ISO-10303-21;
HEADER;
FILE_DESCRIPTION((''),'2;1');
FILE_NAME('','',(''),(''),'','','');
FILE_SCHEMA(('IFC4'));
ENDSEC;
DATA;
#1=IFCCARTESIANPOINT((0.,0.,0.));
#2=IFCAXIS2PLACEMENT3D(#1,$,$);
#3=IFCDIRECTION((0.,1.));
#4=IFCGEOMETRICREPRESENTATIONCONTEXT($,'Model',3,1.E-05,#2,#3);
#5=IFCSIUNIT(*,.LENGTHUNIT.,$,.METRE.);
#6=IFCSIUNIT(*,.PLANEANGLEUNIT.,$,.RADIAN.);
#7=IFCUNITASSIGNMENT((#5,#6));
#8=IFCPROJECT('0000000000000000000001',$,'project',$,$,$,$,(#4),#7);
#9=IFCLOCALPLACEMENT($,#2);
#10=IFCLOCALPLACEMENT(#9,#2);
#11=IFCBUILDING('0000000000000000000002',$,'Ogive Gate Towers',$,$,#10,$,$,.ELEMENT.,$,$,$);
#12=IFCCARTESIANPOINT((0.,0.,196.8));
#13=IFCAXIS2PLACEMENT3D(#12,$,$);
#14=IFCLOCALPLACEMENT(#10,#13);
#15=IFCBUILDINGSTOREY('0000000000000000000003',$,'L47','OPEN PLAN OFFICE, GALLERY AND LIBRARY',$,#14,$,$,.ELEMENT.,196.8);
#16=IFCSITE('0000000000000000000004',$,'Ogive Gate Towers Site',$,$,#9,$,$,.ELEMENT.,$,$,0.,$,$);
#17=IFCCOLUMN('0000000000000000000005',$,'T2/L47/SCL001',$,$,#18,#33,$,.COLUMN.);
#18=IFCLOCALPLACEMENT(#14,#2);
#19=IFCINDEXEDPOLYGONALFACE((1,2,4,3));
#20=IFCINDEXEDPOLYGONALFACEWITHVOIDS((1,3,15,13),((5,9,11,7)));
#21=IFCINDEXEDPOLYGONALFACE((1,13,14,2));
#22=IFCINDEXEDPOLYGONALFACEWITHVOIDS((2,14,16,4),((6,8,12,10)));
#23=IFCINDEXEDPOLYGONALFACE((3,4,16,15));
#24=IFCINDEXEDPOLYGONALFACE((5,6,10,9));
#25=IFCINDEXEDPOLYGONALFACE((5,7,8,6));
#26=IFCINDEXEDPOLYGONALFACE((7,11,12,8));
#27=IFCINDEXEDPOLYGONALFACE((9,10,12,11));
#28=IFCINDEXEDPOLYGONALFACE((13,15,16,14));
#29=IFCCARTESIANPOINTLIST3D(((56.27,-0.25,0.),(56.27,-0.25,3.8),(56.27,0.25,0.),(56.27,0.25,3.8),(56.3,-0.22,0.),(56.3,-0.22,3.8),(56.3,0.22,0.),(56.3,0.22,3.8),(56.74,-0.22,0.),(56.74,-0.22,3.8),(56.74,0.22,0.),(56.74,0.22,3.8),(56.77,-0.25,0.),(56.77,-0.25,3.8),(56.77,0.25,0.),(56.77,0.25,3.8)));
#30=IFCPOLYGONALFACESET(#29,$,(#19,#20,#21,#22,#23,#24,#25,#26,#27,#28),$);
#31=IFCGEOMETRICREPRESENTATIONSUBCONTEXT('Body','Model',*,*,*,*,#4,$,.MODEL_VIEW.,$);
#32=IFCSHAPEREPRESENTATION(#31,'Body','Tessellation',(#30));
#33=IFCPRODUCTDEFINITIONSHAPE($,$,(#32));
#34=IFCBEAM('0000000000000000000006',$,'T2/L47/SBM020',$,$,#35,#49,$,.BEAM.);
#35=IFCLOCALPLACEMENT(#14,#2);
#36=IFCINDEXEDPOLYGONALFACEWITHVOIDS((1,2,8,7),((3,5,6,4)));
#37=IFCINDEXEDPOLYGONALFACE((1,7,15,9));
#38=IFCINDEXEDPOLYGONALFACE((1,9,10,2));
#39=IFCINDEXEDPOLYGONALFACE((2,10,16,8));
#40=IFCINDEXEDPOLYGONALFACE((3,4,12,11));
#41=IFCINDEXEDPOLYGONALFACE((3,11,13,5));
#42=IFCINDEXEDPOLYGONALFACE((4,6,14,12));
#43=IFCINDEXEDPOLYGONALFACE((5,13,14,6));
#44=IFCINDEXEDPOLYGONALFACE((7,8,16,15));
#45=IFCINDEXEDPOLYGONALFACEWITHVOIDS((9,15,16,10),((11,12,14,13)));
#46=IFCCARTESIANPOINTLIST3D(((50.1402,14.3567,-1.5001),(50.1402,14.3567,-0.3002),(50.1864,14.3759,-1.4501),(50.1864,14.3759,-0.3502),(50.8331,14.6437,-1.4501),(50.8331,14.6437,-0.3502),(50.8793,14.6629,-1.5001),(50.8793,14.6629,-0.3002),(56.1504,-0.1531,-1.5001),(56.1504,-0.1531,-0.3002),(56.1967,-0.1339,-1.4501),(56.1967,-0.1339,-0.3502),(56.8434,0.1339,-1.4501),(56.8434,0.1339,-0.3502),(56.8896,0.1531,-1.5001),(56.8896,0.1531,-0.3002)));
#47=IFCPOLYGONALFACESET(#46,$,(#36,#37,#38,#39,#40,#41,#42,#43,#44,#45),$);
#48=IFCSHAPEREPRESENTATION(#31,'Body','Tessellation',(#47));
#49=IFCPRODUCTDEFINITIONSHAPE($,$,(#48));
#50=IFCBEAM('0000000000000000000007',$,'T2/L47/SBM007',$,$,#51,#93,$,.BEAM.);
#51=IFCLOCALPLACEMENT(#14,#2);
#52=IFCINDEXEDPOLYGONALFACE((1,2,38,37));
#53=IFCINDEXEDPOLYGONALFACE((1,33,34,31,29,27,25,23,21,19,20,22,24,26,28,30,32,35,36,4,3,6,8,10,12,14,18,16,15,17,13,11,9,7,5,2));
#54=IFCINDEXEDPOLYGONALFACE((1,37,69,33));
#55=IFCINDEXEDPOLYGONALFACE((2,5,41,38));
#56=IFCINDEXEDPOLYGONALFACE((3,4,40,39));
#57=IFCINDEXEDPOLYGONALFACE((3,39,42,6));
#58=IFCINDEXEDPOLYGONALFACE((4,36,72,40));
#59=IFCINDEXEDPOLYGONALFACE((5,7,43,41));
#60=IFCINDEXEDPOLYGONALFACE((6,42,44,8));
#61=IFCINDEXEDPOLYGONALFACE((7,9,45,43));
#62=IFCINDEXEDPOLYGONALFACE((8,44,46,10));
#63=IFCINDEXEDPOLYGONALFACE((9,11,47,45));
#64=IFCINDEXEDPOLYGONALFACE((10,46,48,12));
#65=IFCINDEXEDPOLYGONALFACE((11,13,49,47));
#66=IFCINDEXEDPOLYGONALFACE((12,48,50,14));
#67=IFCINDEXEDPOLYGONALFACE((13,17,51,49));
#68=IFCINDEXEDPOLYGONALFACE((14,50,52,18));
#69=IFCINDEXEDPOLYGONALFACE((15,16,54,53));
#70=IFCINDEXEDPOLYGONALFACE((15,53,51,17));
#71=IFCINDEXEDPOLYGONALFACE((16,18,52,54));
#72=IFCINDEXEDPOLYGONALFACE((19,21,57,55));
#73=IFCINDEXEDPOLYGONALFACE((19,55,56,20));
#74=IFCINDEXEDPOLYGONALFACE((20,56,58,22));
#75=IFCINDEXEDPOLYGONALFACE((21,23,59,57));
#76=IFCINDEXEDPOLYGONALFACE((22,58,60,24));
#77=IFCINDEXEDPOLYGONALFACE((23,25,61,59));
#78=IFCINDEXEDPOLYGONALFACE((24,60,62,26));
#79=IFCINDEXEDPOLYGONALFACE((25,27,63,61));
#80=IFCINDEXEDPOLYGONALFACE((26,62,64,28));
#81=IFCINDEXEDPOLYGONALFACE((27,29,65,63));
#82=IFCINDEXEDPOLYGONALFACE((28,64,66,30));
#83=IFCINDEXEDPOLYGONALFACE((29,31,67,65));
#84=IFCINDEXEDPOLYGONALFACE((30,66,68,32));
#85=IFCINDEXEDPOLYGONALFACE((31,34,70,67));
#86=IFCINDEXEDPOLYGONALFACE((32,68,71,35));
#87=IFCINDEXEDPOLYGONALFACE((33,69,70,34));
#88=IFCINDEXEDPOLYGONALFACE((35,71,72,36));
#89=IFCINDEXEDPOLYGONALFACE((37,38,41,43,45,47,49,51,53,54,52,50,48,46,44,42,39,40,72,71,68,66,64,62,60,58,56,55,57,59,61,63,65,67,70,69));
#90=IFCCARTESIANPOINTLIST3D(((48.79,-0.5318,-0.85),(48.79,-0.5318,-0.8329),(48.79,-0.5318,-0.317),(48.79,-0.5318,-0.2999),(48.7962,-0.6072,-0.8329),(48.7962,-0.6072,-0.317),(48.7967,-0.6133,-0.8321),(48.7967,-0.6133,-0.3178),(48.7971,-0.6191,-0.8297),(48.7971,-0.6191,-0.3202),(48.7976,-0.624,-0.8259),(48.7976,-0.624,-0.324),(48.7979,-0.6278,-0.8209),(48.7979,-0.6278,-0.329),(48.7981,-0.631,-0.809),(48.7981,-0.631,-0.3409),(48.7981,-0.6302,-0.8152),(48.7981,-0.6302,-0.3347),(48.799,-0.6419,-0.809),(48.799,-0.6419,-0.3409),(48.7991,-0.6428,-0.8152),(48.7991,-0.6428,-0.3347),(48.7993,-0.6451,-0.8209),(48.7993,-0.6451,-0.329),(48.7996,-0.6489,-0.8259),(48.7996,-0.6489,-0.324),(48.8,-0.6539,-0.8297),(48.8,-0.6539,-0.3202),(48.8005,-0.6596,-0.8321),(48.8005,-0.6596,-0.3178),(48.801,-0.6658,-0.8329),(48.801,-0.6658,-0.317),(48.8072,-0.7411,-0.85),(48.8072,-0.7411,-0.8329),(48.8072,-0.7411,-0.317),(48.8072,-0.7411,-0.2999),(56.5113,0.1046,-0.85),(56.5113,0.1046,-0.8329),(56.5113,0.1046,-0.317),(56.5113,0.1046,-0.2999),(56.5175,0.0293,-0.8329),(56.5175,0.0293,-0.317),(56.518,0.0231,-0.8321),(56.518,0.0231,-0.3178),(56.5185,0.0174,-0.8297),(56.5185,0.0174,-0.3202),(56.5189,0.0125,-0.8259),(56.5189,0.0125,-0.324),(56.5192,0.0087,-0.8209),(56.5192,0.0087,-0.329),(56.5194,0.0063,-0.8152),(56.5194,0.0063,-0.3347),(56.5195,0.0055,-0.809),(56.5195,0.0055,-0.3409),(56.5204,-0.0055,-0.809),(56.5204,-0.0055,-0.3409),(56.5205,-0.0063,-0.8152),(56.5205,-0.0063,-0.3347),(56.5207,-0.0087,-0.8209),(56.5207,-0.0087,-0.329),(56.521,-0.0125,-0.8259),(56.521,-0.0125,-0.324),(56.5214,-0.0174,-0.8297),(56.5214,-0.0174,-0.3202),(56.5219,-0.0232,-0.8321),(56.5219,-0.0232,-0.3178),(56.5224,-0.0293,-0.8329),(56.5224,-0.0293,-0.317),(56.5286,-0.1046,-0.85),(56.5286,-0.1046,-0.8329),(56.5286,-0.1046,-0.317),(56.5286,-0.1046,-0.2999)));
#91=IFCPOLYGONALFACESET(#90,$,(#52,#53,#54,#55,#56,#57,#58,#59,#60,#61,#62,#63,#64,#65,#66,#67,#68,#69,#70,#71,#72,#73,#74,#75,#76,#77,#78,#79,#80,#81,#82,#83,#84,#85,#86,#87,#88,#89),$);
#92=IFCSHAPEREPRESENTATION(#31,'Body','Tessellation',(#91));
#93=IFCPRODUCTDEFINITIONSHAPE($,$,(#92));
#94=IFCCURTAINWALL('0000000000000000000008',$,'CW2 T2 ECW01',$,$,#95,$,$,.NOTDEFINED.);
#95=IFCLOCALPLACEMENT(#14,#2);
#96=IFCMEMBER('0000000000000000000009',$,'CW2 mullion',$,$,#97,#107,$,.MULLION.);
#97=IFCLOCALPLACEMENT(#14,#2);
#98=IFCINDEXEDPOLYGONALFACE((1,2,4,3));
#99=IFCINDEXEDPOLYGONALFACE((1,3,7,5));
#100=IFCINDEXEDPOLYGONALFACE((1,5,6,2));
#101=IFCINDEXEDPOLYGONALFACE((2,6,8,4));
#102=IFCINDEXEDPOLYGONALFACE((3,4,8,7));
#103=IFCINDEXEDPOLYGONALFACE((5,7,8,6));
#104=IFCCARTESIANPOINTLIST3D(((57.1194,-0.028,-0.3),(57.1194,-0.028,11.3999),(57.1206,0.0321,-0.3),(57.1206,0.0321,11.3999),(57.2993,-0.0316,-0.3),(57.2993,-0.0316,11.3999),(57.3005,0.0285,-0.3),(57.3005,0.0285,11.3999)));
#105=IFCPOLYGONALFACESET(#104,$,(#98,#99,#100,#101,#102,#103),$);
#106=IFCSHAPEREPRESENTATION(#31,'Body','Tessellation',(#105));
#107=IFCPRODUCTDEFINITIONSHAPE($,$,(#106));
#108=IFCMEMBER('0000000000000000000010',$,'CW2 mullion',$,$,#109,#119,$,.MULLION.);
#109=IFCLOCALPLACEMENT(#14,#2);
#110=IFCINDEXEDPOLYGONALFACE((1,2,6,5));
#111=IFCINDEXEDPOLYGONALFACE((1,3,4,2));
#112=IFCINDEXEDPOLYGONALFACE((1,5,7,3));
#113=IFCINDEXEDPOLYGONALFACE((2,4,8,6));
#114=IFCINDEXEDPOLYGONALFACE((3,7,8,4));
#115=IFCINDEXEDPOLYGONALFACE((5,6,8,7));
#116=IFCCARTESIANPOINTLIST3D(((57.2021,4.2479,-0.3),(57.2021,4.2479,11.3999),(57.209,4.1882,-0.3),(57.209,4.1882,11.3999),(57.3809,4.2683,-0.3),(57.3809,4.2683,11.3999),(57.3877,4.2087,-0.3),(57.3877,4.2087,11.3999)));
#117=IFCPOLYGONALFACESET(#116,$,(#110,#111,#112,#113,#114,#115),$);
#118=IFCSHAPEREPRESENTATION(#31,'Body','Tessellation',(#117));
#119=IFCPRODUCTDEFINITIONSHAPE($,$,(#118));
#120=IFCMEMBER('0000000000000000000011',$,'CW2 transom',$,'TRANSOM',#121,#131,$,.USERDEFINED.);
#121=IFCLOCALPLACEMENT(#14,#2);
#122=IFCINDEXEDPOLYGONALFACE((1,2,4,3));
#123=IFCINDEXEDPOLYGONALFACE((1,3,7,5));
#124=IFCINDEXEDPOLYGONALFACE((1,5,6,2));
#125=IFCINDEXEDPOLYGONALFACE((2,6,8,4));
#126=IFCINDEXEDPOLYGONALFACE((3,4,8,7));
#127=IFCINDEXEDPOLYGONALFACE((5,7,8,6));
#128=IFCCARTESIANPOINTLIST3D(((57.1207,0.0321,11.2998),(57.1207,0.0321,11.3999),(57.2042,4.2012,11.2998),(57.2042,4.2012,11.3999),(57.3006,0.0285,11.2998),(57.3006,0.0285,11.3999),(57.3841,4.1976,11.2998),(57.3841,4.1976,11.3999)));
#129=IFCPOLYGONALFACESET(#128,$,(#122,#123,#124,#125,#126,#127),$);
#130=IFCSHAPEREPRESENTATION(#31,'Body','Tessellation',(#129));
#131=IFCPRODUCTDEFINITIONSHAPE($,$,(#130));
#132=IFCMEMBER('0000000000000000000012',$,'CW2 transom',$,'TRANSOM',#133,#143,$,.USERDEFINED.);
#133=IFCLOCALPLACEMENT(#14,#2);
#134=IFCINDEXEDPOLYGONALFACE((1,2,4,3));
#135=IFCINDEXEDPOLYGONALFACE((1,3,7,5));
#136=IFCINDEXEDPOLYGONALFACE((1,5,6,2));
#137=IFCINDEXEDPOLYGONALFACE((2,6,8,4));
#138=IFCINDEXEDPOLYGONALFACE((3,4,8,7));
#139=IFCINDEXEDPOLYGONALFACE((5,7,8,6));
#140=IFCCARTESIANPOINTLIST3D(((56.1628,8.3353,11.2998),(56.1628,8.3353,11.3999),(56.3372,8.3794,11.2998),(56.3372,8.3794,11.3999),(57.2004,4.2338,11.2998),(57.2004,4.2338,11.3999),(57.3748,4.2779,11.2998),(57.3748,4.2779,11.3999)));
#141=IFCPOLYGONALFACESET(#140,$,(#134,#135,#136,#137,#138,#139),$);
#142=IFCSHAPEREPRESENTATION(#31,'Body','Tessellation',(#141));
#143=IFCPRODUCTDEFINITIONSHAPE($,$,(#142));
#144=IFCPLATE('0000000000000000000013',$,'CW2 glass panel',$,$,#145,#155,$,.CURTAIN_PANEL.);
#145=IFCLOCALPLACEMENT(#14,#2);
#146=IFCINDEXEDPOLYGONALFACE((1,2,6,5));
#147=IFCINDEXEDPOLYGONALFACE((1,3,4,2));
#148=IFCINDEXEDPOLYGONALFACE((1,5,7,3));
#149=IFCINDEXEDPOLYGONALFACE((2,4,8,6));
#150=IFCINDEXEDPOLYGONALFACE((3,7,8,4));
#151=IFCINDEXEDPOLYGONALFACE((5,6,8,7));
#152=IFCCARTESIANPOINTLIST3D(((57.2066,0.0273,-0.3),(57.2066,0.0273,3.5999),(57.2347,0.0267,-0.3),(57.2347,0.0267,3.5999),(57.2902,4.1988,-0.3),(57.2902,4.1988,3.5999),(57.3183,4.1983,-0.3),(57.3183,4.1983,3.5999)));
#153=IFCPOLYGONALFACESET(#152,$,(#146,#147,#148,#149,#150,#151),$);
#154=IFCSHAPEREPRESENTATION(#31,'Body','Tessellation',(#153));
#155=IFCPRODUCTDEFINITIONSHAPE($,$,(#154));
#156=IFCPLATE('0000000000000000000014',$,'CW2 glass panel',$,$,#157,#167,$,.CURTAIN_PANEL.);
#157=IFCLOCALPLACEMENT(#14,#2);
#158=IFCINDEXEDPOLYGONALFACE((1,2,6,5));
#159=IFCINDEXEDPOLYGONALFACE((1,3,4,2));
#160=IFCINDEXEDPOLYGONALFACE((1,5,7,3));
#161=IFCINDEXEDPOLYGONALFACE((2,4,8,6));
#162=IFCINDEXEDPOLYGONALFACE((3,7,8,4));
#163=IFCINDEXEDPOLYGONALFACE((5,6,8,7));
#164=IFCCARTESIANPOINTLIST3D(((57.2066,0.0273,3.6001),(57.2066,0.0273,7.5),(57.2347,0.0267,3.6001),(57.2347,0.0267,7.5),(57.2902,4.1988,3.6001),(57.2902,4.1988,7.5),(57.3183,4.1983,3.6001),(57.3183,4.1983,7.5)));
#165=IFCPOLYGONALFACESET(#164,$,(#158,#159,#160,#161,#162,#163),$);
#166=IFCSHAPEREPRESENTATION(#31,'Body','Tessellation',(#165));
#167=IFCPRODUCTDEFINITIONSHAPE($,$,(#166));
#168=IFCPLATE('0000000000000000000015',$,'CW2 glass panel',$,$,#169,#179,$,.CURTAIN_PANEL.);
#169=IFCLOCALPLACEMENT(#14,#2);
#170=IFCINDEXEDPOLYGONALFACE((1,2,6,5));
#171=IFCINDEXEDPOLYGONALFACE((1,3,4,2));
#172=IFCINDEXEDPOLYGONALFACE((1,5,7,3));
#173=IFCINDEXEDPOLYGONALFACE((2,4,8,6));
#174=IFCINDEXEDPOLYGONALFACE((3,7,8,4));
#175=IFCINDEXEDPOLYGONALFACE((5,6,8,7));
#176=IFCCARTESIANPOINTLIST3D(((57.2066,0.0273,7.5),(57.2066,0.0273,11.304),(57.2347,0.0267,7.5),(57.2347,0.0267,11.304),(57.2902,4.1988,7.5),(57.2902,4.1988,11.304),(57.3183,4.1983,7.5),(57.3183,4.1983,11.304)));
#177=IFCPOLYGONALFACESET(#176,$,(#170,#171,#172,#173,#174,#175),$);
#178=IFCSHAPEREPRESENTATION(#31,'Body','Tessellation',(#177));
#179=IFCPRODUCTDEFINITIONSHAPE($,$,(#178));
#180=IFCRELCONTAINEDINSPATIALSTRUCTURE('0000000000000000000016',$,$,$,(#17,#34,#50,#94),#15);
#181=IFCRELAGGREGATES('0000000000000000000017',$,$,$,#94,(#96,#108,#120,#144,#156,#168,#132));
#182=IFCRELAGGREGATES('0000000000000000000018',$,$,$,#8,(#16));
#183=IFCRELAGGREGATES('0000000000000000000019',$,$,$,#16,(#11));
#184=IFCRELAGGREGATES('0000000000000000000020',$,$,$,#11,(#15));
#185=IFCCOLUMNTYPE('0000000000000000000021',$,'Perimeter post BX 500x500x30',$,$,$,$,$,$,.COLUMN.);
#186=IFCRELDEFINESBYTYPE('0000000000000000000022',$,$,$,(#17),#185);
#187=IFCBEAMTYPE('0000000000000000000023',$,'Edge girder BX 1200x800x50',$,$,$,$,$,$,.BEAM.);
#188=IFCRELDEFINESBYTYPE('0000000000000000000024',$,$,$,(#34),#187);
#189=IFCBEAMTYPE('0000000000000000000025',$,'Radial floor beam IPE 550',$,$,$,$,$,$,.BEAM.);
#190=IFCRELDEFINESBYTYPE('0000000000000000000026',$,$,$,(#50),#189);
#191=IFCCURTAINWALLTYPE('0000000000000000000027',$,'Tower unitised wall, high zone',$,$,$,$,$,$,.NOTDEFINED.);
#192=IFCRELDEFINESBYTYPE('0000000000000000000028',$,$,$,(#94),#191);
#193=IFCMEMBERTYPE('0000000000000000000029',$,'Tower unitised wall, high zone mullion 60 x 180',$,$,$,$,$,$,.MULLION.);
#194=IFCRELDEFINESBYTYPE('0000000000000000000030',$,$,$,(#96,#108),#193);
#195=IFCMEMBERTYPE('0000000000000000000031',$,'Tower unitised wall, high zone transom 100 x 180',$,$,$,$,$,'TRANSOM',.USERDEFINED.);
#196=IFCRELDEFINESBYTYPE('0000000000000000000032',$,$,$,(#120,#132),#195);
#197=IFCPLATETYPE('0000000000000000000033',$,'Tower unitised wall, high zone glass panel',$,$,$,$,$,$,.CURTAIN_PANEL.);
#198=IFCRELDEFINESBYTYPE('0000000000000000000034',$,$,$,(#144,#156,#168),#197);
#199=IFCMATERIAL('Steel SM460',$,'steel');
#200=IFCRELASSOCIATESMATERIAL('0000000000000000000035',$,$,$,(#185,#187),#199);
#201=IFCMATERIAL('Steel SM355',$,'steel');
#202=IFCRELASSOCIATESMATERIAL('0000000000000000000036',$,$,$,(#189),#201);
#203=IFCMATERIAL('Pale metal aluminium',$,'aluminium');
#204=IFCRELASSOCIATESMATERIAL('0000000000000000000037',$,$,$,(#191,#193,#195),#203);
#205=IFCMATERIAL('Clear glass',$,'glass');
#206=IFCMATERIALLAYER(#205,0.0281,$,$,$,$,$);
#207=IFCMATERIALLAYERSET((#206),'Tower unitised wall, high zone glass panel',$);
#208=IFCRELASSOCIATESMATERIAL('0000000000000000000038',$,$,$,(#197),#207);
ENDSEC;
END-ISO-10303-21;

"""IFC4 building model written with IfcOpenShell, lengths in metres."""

from ifc_helpers import new_model, si_unit, direction, frame, origin, origin_2d, place, context, subcontext, project, spatial, rectangle, hollow_rectangle, i_section, extrude, material, layer, layer_set, material_profile, profile_set, type_object, element, aggregate, save


model = new_model("IFC4")

# Units and contexts
model_context = context("Model", 3, precision=1e-05, world=origin(), true_north=direction((0.0, 1.0)))
body_context = subcontext(model_context, "Body", "Model", "MODEL_VIEW")
ifc_project = project(units=[si_unit("LENGTHUNIT", "METRE"), si_unit("PLANEANGLEUNIT", "RADIAN")], contexts=[model_context])

# Site, building, storey
site_placement = place(None, origin())
site = spatial("IfcSite", under=ifc_project, at=site_placement, Name="Ogive Gate Towers Site", CompositionType="ELEMENT", RefElevation=0.0)
building_placement = place(site_placement, origin())
building = spatial("IfcBuilding", under=site, at=building_placement, Name="Ogive Gate Towers", CompositionType="ELEMENT")
storey_placement = place(building_placement, frame((0.0, 0.0, 196.8)))
storey = spatial("IfcBuildingStorey", under=building, at=storey_placement, Name="L47", Description="OPEN PLAN OFFICE, GALLERY AND LIBRARY", CompositionType="ELEMENT", Elevation=196.8)

# Column
ifc_material_1 = material(Name="Steel SM460", Category="steel")
ifc_material_profile_1 = material_profile(ifc_material_1, hollow_rectangle(XDim=0.5, YDim=0.5, WallThickness=0.03, at=origin_2d()), Name="BX 500x500x30")
ifc_profile_set_1 = profile_set([ifc_material_profile_1], Name="Steel SM460")
column_type = type_object("IfcColumnType", Name="Perimeter post BX 500x500x30", PredefinedType="COLUMN", material=ifc_profile_set_1)
column_placement = place(storey_placement, frame((56.52, 0.0, 0.0), z_axis=(0.0, 0.0, 1.0), x_axis=(1.0, 0.0, 0.0)))
element("IfcColumn", 1, at=column_placement, inside=storey, type_object=column_type, Name="T2/L47/SCL001", PredefinedType="COLUMN", context=body_context, shape_type="SweptSolid", body=[
    extrude(hollow_rectangle(XDim=0.5, YDim=0.5, WallThickness=0.03, at=origin_2d()), origin(), (0.0, 0.0, 1.0), 3.8),
])

# Beams
ifc_material_profile_2 = material_profile(ifc_material_1, hollow_rectangle(XDim=0.8, YDim=1.2, WallThickness=0.05, at=origin_2d()), Name="BX 1200x800x50")
ifc_profile_set_2 = profile_set([ifc_material_profile_2], Name="Steel SM460")
beam_type_1 = type_object("IfcBeamType", Name="Edge girder BX 1200x800x50", PredefinedType="BEAM", material=ifc_profile_set_2)
beam_1_placement = place(storey_placement, frame((56.52, 0.0, -0.9001), z_axis=(-0.38269, 0.923877, 0.0), x_axis=(-0.923877, -0.38269, 0.0)))
element("IfcBeam", 2, at=beam_1_placement, inside=storey, type_object=beam_type_1, Name="T2/L47/SBM020", PredefinedType="BEAM", context=body_context, shape_type="SweptSolid", body=[
    extrude(hollow_rectangle(XDim=0.8, YDim=1.2, WallThickness=0.05, at=origin_2d()), origin(), (0.0, 0.0, 1.0), 15.7053),
])
ifc_material_2 = material(Name="Steel SM355", Category="steel")
ifc_material_profile_3 = material_profile(ifc_material_2, i_section(OverallWidth=0.21, OverallDepth=0.55, WebThickness=0.011, FlangeThickness=0.0171, FilletRadius=0.0239, at=origin_2d()), Name="IPE 550")
ifc_profile_set_3 = profile_set([ifc_material_profile_3], Name="Steel SM355")
beam_type_2 = type_object("IfcBeamType", Name="Radial floor beam IPE 550", PredefinedType="BEAM", material=ifc_profile_set_3)
beam_2_placement = place(storey_placement, frame((48.7986, -0.6365, -0.575), z_axis=(0.99662, 0.082151, 0.0), x_axis=(-0.082151, 0.99662, 0.0)))
element("IfcBeam", 3, at=beam_2_placement, inside=storey, type_object=beam_type_2, Name="T2/L47/SBM007", PredefinedType="BEAM", context=body_context, shape_type="SweptSolid", body=[
    extrude(i_section(OverallWidth=0.21, OverallDepth=0.55, WebThickness=0.011, FlangeThickness=0.0171, FilletRadius=0.0239, at=origin_2d()), origin(), (0.0, 0.0, 1.0), 7.7476),
])

# Curtain wall, members, plates
ifc_material_3 = material(Name="Pale metal aluminium", Category="aluminium")
curtain_wall_type = type_object("IfcCurtainWallType", Name="Tower unitised wall, high zone", PredefinedType="NOTDEFINED", material=ifc_material_3)
curtain_wall_placement = place(storey_placement, origin())
curtain_wall = element("IfcCurtainWall", 4, at=curtain_wall_placement, inside=storey, type_object=curtain_wall_type, Name="CW2 T2 ECW01", PredefinedType="NOTDEFINED")
ifc_material_profile_4 = material_profile(ifc_material_3, rectangle(XDim=0.1799, YDim=0.0601, at=origin_2d()), Name="60 x 180 aluminium box")
ifc_profile_set_4 = profile_set([ifc_material_profile_4], Name="Pale metal aluminium")
member_type_1 = type_object("IfcMemberType", Name="Tower unitised wall, high zone mullion 60 x 180", PredefinedType="MULLION", material=ifc_profile_set_4)
member_1_placement = place(storey_placement, frame((57.21, 0.0002, -0.3), z_axis=(0.0, 0.0, 1.0), x_axis=(0.999799, -0.020052, 0.0)))
member_1 = element("IfcMember", 5, at=member_1_placement, type_object=member_type_1, Name="CW2 mullion", PredefinedType="MULLION", context=body_context, shape_type="SweptSolid", body=[
    extrude(rectangle(XDim=0.1799, YDim=0.0601, at=origin_2d()), origin(), (0.0, 0.0, 1.0), 11.7),
])
member_2_placement = place(storey_placement, frame((57.2949, 4.2283, -0.3), z_axis=(0.0, 0.0, 1.0), x_axis=(0.993522, 0.113637, 0.0)))
member_2 = element("IfcMember", 6, at=member_2_placement, type_object=member_type_1, Name="CW2 mullion", PredefinedType="MULLION", context=body_context, shape_type="SweptSolid", body=[
    extrude(rectangle(XDim=0.1799, YDim=0.0601, at=origin_2d()), origin(), (0.0, 0.0, 1.0), 11.7),
])
ifc_material_profile_5 = material_profile(ifc_material_3, rectangle(XDim=0.1799, YDim=0.1001, at=origin_2d()), Name="100 x 180 aluminium box")
ifc_profile_set_5 = profile_set([ifc_material_profile_5], Name="Pale metal aluminium")
member_type_2 = type_object("IfcMemberType", Name="Tower unitised wall, high zone transom 100 x 180", ElementType="TRANSOM", PredefinedType="USERDEFINED", material=ifc_profile_set_5)
member_3_placement = place(storey_placement, frame((57.2107, 0.0303, 11.3499), z_axis=(0.020023, 0.9998, 0.0), x_axis=(-0.9998, 0.020023, 0.0)))
member_3 = element("IfcMember", 7, at=member_3_placement, type_object=member_type_2, Name="CW2 transom", ObjectType="TRANSOM", PredefinedType="USERDEFINED", context=body_context, shape_type="SweptSolid", body=[
    extrude(rectangle(XDim=0.1799, YDim=0.1001, at=origin_2d()), origin(), (0.0, 0.0, 1.0), 4.1699),
])
member_4_placement = place(storey_placement, frame((57.2876, 4.2559, 11.3499), z_axis=(-0.24525, 0.96946, 0.0), x_axis=(-0.96946, -0.24525, 0.0)))
member_4 = element("IfcMember", 8, at=member_4_placement, type_object=member_type_2, Name="CW2 transom", ObjectType="TRANSOM", PredefinedType="USERDEFINED", context=body_context, shape_type="SweptSolid", body=[
    extrude(rectangle(XDim=0.1799, YDim=0.1001, at=origin_2d()), origin(), (0.0, 0.0, 1.0), 4.2307),
])
ifc_material_4 = material(Name="Clear glass", Category="glass")
ifc_layer_1 = layer(ifc_material_4, 0.0281)
ifc_layer_set_1 = layer_set([ifc_layer_1], Name="Tower unitised wall, high zone glass panel")
plate_type = type_object("IfcPlateType", Name="Tower unitised wall, high zone glass panel", PredefinedType="CURTAIN_PANEL", material=ifc_layer_set_1)
plate_1_placement = place(storey_placement, frame((57.2625, 2.1128, -0.3), z_axis=(0.0, 0.0, 1.0), x_axis=(0.020052, 0.999799, 0.0)))
plate_1 = element("IfcPlate", 9, at=plate_1_placement, type_object=plate_type, Name="CW2 glass panel", PredefinedType="CURTAIN_PANEL", context=body_context, shape_type="SweptSolid", body=[
    extrude(rectangle(XDim=4.1724, YDim=0.0281, at=origin_2d()), origin(), (0.0, 0.0, 1.0), 3.8999),
])
plate_2_placement = place(storey_placement, frame((57.2625, 2.1128, 3.6001), z_axis=(0.0, 0.0, 1.0), x_axis=(0.020052, 0.999799, 0.0)))
plate_2 = element("IfcPlate", 10, at=plate_2_placement, type_object=plate_type, Name="CW2 glass panel", PredefinedType="CURTAIN_PANEL", context=body_context, shape_type="SweptSolid", body=[
    extrude(rectangle(XDim=4.1724, YDim=0.0281, at=origin_2d()), origin(), (0.0, 0.0, 1.0), 3.8999),
])
plate_3_placement = place(storey_placement, frame((57.2625, 2.1128, 7.5), z_axis=(0.0, 0.0, 1.0), x_axis=(0.020052, 0.999799, 0.0)))
plate_3 = element("IfcPlate", 11, at=plate_3_placement, type_object=plate_type, Name="CW2 glass panel", PredefinedType="CURTAIN_PANEL", context=body_context, shape_type="SweptSolid", body=[
    extrude(rectangle(XDim=4.1724, YDim=0.0281, at=origin_2d()), origin(), (0.0, 0.0, 1.0), 3.804),
])
aggregate(curtain_wall, [member_1, member_2, member_3, plate_1, plate_2, plate_3, member_4])

save(model, "model.ifc")
